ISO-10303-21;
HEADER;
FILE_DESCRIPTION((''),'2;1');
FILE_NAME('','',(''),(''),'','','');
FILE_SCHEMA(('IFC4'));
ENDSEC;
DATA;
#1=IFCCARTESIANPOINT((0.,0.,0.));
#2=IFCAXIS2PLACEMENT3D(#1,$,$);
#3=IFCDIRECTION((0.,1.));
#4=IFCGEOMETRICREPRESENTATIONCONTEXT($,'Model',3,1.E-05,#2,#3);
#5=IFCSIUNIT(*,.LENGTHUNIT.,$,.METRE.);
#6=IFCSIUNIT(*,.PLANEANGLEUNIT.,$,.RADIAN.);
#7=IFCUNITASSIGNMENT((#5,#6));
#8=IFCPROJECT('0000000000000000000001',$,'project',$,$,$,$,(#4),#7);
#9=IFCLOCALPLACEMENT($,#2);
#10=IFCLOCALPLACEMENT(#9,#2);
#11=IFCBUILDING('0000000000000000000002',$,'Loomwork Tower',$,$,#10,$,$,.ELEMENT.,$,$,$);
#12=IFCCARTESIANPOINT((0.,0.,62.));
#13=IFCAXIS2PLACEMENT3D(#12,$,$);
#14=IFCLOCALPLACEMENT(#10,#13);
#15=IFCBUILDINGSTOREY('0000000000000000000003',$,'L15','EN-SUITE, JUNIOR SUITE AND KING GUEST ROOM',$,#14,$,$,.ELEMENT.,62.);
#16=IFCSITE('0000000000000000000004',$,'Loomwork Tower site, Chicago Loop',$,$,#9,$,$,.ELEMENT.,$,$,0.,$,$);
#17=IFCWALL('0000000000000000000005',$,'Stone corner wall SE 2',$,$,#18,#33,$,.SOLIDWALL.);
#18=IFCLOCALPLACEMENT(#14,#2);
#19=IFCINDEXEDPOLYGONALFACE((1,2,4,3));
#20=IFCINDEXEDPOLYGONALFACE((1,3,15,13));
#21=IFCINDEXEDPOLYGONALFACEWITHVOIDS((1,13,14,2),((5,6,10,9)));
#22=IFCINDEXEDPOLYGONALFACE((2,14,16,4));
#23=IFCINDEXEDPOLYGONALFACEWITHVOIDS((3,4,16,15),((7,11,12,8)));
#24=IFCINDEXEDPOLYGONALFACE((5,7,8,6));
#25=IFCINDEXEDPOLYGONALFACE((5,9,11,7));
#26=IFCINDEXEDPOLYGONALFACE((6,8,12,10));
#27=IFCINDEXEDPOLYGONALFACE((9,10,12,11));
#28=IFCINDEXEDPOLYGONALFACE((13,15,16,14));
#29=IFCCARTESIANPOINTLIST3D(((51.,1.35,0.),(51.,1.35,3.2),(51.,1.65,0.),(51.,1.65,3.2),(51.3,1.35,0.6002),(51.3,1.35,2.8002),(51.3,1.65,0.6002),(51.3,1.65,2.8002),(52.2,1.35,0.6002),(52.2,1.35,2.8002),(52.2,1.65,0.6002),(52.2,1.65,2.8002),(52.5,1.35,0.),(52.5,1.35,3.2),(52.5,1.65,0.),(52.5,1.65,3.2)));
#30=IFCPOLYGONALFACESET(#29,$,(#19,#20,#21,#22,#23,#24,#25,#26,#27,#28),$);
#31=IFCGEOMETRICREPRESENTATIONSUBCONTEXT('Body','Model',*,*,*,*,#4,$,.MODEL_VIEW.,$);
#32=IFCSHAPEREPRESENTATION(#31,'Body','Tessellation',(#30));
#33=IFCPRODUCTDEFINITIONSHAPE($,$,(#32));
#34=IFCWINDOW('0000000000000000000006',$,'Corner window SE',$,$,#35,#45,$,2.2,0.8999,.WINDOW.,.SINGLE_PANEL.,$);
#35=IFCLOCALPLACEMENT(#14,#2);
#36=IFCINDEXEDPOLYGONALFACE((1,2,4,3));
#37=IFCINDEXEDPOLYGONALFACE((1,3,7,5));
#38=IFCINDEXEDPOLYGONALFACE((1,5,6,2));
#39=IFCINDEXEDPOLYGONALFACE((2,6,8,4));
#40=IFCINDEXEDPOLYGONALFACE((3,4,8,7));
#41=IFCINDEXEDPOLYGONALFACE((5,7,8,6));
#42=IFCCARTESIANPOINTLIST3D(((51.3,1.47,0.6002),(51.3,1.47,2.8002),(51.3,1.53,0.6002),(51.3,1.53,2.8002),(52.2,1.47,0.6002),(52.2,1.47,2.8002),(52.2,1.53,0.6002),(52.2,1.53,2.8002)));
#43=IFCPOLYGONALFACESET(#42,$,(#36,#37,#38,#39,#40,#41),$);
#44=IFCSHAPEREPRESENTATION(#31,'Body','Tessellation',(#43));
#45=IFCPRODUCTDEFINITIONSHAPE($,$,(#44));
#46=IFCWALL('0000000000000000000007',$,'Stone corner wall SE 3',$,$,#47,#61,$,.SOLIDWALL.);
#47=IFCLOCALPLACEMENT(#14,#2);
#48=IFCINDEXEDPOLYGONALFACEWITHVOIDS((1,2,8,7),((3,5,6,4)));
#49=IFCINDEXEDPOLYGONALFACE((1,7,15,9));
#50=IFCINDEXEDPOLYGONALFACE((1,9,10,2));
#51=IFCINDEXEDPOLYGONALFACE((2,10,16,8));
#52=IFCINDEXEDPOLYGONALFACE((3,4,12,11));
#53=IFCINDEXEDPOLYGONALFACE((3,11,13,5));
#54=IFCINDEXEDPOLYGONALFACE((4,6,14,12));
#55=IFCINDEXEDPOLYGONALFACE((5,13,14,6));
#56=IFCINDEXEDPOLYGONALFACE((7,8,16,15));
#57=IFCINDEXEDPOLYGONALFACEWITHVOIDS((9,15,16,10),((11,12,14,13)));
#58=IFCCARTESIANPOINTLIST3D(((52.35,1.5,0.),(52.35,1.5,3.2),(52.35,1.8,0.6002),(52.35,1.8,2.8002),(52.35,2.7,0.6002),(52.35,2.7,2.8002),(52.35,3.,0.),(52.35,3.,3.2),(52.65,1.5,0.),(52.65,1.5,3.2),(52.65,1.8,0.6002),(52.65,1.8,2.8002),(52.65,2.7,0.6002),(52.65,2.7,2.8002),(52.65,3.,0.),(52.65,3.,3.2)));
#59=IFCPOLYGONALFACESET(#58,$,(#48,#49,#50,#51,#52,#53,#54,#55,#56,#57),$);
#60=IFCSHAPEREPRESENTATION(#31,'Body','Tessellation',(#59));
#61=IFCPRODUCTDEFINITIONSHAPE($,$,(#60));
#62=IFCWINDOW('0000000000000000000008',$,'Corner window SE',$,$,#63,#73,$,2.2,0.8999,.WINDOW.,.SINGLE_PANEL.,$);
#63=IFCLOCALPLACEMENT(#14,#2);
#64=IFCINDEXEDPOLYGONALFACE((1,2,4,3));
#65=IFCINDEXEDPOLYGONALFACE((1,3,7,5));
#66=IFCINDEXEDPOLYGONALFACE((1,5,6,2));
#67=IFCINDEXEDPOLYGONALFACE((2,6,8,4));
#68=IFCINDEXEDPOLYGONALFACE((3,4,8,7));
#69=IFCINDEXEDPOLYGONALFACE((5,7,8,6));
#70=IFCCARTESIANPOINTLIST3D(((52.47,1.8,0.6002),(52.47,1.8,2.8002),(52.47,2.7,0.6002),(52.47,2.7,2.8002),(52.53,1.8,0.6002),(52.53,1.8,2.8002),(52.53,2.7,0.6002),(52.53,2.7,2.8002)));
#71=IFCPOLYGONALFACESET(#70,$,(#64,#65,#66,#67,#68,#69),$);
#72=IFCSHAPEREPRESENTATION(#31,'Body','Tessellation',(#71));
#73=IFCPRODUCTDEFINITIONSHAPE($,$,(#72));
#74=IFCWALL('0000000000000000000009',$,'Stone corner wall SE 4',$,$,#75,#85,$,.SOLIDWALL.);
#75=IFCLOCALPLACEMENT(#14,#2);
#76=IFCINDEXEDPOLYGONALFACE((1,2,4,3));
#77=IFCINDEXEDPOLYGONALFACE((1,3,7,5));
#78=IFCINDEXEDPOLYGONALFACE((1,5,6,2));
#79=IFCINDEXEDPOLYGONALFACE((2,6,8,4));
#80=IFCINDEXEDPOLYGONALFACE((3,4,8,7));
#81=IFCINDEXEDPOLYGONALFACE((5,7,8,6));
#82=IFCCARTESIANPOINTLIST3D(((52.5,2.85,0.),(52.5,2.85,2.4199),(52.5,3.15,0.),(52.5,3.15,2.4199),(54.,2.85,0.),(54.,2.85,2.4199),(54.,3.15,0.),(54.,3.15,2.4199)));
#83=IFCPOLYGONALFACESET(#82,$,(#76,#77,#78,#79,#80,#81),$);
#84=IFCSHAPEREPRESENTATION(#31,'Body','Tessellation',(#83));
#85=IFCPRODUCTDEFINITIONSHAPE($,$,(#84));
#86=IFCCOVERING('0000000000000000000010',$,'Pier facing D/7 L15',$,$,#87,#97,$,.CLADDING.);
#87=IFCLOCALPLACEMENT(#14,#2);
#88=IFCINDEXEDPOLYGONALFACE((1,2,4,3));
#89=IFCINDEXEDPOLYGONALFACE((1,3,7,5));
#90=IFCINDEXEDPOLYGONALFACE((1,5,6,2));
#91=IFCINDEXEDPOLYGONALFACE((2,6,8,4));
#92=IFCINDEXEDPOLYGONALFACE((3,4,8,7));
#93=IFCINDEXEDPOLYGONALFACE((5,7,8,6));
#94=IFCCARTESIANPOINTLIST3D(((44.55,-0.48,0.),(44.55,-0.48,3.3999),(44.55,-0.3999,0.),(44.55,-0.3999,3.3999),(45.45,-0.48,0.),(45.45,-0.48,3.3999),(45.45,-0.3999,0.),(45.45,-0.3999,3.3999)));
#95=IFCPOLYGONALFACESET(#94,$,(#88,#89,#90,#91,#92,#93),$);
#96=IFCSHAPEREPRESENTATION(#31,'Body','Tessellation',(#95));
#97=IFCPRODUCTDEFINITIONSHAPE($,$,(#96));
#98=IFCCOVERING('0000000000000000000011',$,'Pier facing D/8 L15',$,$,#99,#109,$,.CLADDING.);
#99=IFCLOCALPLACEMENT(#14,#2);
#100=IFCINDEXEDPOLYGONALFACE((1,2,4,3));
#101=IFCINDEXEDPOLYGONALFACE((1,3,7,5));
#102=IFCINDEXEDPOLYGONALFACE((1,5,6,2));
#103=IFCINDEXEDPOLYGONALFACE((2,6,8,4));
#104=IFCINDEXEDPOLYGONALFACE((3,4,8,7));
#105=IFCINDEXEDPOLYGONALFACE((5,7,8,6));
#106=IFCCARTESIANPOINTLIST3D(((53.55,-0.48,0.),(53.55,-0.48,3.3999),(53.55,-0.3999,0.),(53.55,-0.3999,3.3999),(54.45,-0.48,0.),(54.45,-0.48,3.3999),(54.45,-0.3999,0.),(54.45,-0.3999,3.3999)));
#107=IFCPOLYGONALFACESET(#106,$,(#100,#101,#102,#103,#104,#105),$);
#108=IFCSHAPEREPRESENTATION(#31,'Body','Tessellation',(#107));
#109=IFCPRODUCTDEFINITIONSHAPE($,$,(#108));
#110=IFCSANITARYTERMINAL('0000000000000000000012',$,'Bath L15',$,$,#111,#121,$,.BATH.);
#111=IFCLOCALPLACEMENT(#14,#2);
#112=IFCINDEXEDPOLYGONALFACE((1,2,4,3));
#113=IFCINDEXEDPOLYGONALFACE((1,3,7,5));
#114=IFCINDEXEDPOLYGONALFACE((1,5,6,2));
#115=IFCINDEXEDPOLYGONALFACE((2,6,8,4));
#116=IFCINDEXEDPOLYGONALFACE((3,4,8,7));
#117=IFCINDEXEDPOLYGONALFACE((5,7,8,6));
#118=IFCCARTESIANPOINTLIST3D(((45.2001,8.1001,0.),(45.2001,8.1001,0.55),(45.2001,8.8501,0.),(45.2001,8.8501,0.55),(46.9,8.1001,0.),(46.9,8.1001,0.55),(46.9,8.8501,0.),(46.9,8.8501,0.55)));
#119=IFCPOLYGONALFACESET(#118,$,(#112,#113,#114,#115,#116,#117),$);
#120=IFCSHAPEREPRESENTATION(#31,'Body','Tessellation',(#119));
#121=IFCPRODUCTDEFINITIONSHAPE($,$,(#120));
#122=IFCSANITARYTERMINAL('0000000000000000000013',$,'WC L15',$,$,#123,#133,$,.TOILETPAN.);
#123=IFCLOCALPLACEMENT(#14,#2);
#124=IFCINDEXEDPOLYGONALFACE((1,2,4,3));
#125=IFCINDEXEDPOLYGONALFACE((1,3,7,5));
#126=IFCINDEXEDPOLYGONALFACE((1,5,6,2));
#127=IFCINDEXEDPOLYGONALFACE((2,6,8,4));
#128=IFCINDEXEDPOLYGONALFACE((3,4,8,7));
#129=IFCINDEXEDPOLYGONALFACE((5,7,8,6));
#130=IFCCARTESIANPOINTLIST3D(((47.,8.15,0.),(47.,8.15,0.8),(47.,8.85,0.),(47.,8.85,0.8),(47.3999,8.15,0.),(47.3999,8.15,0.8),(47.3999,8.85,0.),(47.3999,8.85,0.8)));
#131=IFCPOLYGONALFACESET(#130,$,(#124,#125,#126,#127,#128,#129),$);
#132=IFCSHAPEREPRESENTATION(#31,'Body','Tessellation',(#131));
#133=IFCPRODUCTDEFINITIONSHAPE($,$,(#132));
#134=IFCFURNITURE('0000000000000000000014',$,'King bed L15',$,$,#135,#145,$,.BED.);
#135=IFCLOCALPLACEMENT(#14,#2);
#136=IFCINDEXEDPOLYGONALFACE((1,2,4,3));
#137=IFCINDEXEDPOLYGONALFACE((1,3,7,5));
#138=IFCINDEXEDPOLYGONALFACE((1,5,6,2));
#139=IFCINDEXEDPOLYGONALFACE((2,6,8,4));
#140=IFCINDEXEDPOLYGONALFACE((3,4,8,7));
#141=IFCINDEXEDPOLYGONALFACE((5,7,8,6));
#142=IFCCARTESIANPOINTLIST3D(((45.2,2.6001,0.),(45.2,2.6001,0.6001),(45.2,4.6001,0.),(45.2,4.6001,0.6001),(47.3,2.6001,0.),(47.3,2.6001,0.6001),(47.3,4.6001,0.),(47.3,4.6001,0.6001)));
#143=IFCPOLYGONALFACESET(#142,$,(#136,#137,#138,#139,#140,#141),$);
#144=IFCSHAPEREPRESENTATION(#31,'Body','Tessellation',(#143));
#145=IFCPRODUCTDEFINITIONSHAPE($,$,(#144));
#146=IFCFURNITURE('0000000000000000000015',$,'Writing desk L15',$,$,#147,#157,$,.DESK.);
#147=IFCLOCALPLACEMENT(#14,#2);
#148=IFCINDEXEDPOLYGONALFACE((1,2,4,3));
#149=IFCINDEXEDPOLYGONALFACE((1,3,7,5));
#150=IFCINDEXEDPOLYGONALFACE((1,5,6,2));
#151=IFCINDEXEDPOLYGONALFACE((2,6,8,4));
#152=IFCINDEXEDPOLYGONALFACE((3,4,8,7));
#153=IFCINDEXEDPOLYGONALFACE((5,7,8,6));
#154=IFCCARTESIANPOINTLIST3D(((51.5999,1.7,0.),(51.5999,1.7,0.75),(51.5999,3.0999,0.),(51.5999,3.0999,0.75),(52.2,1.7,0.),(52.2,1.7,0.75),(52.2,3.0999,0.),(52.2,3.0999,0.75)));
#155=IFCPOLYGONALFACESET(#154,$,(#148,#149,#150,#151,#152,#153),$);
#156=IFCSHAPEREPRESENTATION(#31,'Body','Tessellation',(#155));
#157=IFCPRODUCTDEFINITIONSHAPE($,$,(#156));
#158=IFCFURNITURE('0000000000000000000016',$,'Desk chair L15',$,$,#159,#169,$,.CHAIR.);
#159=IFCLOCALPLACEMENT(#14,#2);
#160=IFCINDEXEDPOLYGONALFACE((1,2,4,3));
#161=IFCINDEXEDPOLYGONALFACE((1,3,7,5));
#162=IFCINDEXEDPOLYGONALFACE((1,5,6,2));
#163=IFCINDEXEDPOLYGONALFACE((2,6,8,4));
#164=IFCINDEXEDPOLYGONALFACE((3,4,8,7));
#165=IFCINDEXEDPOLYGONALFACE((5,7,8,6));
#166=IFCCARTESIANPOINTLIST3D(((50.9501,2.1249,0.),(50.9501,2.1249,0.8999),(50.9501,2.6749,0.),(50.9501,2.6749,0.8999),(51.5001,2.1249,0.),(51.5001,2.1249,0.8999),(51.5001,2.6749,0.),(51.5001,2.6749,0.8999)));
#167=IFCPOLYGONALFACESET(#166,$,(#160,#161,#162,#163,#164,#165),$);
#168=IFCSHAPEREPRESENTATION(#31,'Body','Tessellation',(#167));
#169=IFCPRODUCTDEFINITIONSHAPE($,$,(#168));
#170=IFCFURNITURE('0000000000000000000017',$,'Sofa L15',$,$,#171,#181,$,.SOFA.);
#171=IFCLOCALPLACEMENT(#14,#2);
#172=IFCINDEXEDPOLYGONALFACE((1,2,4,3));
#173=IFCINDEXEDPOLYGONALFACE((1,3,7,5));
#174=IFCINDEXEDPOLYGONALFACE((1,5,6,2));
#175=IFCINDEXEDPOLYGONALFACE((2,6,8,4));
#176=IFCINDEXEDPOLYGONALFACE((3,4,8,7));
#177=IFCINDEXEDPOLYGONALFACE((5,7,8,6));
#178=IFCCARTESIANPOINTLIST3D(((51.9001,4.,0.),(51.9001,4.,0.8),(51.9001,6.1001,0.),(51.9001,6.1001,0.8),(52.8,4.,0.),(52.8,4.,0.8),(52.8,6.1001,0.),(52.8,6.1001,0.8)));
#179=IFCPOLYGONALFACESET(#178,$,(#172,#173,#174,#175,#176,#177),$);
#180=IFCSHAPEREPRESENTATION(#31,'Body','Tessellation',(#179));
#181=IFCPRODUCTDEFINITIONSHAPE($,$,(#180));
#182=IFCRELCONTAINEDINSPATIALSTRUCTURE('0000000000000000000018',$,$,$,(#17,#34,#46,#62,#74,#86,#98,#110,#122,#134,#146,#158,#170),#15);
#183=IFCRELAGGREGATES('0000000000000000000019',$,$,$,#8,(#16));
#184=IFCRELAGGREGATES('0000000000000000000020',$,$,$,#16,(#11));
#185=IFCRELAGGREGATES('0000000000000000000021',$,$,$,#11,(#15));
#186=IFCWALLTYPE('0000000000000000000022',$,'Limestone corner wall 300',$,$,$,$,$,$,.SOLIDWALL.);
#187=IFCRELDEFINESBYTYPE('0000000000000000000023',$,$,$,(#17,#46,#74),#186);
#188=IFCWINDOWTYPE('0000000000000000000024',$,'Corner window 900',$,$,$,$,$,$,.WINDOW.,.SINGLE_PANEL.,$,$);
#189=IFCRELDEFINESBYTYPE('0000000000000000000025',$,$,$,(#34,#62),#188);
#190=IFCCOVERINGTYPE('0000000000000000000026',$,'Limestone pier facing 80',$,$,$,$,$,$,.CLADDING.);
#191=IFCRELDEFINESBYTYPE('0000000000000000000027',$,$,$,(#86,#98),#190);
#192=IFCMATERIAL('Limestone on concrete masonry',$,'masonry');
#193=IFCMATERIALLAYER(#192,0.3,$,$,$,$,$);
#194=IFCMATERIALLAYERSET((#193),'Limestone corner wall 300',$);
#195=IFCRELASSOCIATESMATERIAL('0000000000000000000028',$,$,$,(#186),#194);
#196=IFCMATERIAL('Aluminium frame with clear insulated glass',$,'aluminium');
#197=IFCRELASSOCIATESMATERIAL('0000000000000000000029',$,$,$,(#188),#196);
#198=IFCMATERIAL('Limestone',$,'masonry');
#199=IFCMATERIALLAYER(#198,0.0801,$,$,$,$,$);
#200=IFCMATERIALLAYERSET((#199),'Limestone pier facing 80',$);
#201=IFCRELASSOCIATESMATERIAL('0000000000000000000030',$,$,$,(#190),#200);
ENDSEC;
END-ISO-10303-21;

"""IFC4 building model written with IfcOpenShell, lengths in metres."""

from ifc_helpers import new_model, si_unit, direction, frame, frame_2d, origin, origin_2d, place, context, subcontext, project, spatial, rectangle, extrude, material, layer, layer_set, type_object, element, fill, save


model = new_model("IFC4")

# Units and contexts
model_context = context("Model", 3, precision=1e-05, world=origin(), true_north=direction((0.0, 1.0)))
body_context = subcontext(model_context, "Body", "Model", "MODEL_VIEW")
ifc_project = project(units=[si_unit("LENGTHUNIT", "METRE"), si_unit("PLANEANGLEUNIT", "RADIAN")], contexts=[model_context])

# Site, building, storey
site_placement = place(None, origin())
site = spatial("IfcSite", under=ifc_project, at=site_placement, Name="Loomwork Tower site, Chicago Loop", CompositionType="ELEMENT", RefElevation=0.0)
building_placement = place(site_placement, origin())
building = spatial("IfcBuilding", under=site, at=building_placement, Name="Loomwork Tower", CompositionType="ELEMENT")
storey_placement = place(building_placement, frame((0.0, 0.0, 62.0)))
storey = spatial("IfcBuildingStorey", under=building, at=storey_placement, Name="L15", Description="EN-SUITE, JUNIOR SUITE AND KING GUEST ROOM", CompositionType="ELEMENT", Elevation=62.0)

# Shared definitions
ifc_material_1 = material(Name="Limestone on concrete masonry", Category="masonry")
ifc_layer_1 = layer(ifc_material_1, 0.3)
ifc_layer_set_1 = layer_set([ifc_layer_1], Name="Limestone corner wall 300")
wall_type_1 = type_object("IfcWallType", Name="Limestone corner wall 300", PredefinedType="SOLIDWALL", material=ifc_layer_set_1)

# Walls, openings, windows
wall_1_placement = place(storey_placement, frame((51.0, 1.5, 0.0), z_axis=(0.0, 0.0, 1.0), x_axis=(1.0, 0.0, 0.0)))
wall_1 = element("IfcWall", 1, at=wall_1_placement, inside=storey, type_object=wall_type_1, Name="Stone corner wall SE 2", PredefinedType="SOLIDWALL", context=body_context, shape_type="SweptSolid", body=[
    extrude(rectangle(XDim=1.5, YDim=0.3, at=frame_2d((0.75, 0.0))), origin(), (0.0, 0.0, 1.0), 3.2),
])
opening_1_placement = place(wall_1_placement, frame((0.3, 0.0, 0.6001)))
opening_1 = element("IfcOpeningElement", 2, at=opening_1_placement, cuts=wall_1, PredefinedType="OPENING", context=body_context, shape_type="SweptSolid", body=[
    extrude(rectangle(XDim=0.8999, YDim=2.2, at=frame_2d((0.45, 1.1001))), frame((0.0, 0.1599, 0.0), z_axis=(0.0, -1.0, 0.0), x_axis=(1.0, 0.0, 0.0)), (0.0, 0.0, 1.0), 0.3201),
])
ifc_material_2 = material(Name="Aluminium frame with clear insulated glass", Category="aluminium")
window_type_1 = type_object("IfcWindowType", Name="Corner window 900", PartitioningType="SINGLE_PANEL", PredefinedType="WINDOW", material=ifc_material_2)
window_1_placement = place(opening_1_placement, origin())
window_1 = element("IfcWindow", 3, at=window_1_placement, inside=storey, type_object=window_type_1, Name="Corner window SE", OverallHeight=2.2, OverallWidth=0.8999, PartitioningType="SINGLE_PANEL", PredefinedType="WINDOW", context=body_context, shape_type="SweptSolid", body=[
    extrude(rectangle(XDim=0.8999, YDim=2.2, at=frame_2d((0.45, 1.1001))), frame((0.0, 0.03, 0.0), z_axis=(0.0, -1.0, 0.0), x_axis=(1.0, 0.0, 0.0)), (0.0, 0.0, 1.0), 0.0601),
])
fill(opening_1, window_1)
wall_2_placement = place(storey_placement, frame((52.5, 1.5, 0.0), z_axis=(0.0, 0.0, 1.0), x_axis=(0.0, 1.0, 0.0)))
wall_2 = element("IfcWall", 4, at=wall_2_placement, inside=storey, type_object=wall_type_1, Name="Stone corner wall SE 3", PredefinedType="SOLIDWALL", context=body_context, shape_type="SweptSolid", body=[
    extrude(rectangle(XDim=1.5, YDim=0.3, at=frame_2d((0.75, 0.0))), origin(), (0.0, 0.0, 1.0), 3.2),
])
opening_2_placement = place(wall_2_placement, frame((0.3, 0.0, 0.6001)))
opening_2 = element("IfcOpeningElement", 5, at=opening_2_placement, cuts=wall_2, PredefinedType="OPENING", context=body_context, shape_type="SweptSolid", body=[
    extrude(rectangle(XDim=0.8999, YDim=2.2, at=frame_2d((0.45, 1.1001))), frame((0.0, 0.1599, 0.0), z_axis=(0.0, -1.0, 0.0), x_axis=(1.0, 0.0, 0.0)), (0.0, 0.0, 1.0), 0.3201),
])
window_2_placement = place(opening_2_placement, origin())
window_2 = element("IfcWindow", 6, at=window_2_placement, inside=storey, type_object=window_type_1, Name="Corner window SE", OverallHeight=2.2, OverallWidth=0.8999, PartitioningType="SINGLE_PANEL", PredefinedType="WINDOW", context=body_context, shape_type="SweptSolid", body=[
    extrude(rectangle(XDim=0.8999, YDim=2.2, at=frame_2d((0.45, 1.1001))), frame((0.0, 0.03, 0.0), z_axis=(0.0, -1.0, 0.0), x_axis=(1.0, 0.0, 0.0)), (0.0, 0.0, 1.0), 0.0601),
])
fill(opening_2, window_2)

# Wall
wall_3_placement = place(storey_placement, frame((52.5, 3.0, 0.0), z_axis=(0.0, 0.0, 1.0), x_axis=(1.0, 0.0, 0.0)))
element("IfcWall", 7, at=wall_3_placement, inside=storey, type_object=wall_type_1, Name="Stone corner wall SE 4", PredefinedType="SOLIDWALL", context=body_context, shape_type="SweptSolid", body=[
    extrude(rectangle(XDim=1.5, YDim=0.3, at=frame_2d((0.75, 0.0))), origin(), (0.0, 0.0, 1.0), 2.4199),
])

# Coverings
ifc_material_3 = material(Name="Limestone", Category="masonry")
ifc_layer_2 = layer(ifc_material_3, 0.0801)
ifc_layer_set_2 = layer_set([ifc_layer_2], Name="Limestone pier facing 80")
covering_type = type_object("IfcCoveringType", Name="Limestone pier facing 80", PredefinedType="CLADDING", material=ifc_layer_set_2)
for number, where, z_axis, x_axis, name in (
    (8, (45.0, -0.4399, 0.0), (0.0, 0.0, 1.0), (1.0, 0.0, 0.0), "Pier facing D/7 L15"),
    (9, (54.0, -0.4399, 0.0), (0.0, 0.0, 1.0), (1.0, 0.0, 0.0), "Pier facing D/8 L15"),
):
    element("IfcCovering", number, at=place(storey_placement, frame(where, z_axis=z_axis, x_axis=x_axis)), inside=storey, type_object=covering_type, Name=name, PredefinedType="CLADDING", context=body_context, shape_type="SweptSolid", body=[
        extrude(rectangle(XDim=0.8999, YDim=0.0801, at=origin_2d()), origin(), (0.0, 0.0, 1.0), 3.3999),
    ])

# Sanitary terminals
sanitary_terminal_1_placement = place(storey_placement, frame((46.05, 8.4751, 0.0), z_axis=(0.0, 0.0, 1.0), x_axis=(1.0, 0.0, 0.0)))
element("IfcSanitaryTerminal", 10, at=sanitary_terminal_1_placement, inside=storey, Name="Bath L15", PredefinedType="BATH", context=body_context, shape_type="SweptSolid", body=[
    extrude(rectangle(XDim=1.7, YDim=0.75, at=origin_2d()), origin(), (0.0, 0.0, 1.0), 0.55),
])
sanitary_terminal_2_placement = place(storey_placement, frame((47.2, 8.5, 0.0), z_axis=(0.0, 0.0, 1.0), x_axis=(1.0, 0.0, 0.0)))
element("IfcSanitaryTerminal", 11, at=sanitary_terminal_2_placement, inside=storey, Name="WC L15", PredefinedType="TOILETPAN", context=body_context, shape_type="SweptSolid", body=[
    extrude(rectangle(XDim=0.3999, YDim=0.7, at=origin_2d()), origin(), (0.0, 0.0, 1.0), 0.8),
])

# Furniture
furniture_1_placement = place(storey_placement, frame((46.25, 3.6001, 0.0), z_axis=(0.0, 0.0, 1.0), x_axis=(1.0, 0.0, 0.0)))
element("IfcFurniture", 12, at=furniture_1_placement, inside=storey, Name="King bed L15", PredefinedType="BED", context=body_context, shape_type="SweptSolid", body=[
    extrude(rectangle(XDim=2.1001, YDim=2.0, at=origin_2d()), origin(), (0.0, 0.0, 1.0), 0.6001),
])
furniture_2_placement = place(storey_placement, frame((51.8999, 2.3999, 0.0), z_axis=(0.0, 0.0, 1.0), x_axis=(1.0, 0.0, 0.0)))
element("IfcFurniture", 13, at=furniture_2_placement, inside=storey, Name="Writing desk L15", PredefinedType="DESK", context=body_context, shape_type="SweptSolid", body=[
    extrude(rectangle(XDim=0.6001, YDim=1.3999, at=origin_2d()), origin(), (0.0, 0.0, 1.0), 0.75),
])
furniture_3_placement = place(storey_placement, frame((51.2251, 2.3999, 0.0), z_axis=(0.0, 0.0, 1.0), x_axis=(1.0, 0.0, 0.0)))
element("IfcFurniture", 14, at=furniture_3_placement, inside=storey, Name="Desk chair L15", PredefinedType="CHAIR", context=body_context, shape_type="SweptSolid", body=[
    extrude(rectangle(XDim=0.55, YDim=0.55, at=origin_2d()), origin(), (0.0, 0.0, 1.0), 0.8999),
])
furniture_4_placement = place(storey_placement, frame((52.3501, 5.05, 0.0), z_axis=(0.0, 0.0, 1.0), x_axis=(1.0, 0.0, 0.0)))
element("IfcFurniture", 15, at=furniture_4_placement, inside=storey, Name="Sofa L15", PredefinedType="SOFA", context=body_context, shape_type="SweptSolid", body=[
    extrude(rectangle(XDim=0.8999, YDim=2.1001, at=origin_2d()), origin(), (0.0, 0.0, 1.0), 0.8),
])

save(model, "model.ifc")
